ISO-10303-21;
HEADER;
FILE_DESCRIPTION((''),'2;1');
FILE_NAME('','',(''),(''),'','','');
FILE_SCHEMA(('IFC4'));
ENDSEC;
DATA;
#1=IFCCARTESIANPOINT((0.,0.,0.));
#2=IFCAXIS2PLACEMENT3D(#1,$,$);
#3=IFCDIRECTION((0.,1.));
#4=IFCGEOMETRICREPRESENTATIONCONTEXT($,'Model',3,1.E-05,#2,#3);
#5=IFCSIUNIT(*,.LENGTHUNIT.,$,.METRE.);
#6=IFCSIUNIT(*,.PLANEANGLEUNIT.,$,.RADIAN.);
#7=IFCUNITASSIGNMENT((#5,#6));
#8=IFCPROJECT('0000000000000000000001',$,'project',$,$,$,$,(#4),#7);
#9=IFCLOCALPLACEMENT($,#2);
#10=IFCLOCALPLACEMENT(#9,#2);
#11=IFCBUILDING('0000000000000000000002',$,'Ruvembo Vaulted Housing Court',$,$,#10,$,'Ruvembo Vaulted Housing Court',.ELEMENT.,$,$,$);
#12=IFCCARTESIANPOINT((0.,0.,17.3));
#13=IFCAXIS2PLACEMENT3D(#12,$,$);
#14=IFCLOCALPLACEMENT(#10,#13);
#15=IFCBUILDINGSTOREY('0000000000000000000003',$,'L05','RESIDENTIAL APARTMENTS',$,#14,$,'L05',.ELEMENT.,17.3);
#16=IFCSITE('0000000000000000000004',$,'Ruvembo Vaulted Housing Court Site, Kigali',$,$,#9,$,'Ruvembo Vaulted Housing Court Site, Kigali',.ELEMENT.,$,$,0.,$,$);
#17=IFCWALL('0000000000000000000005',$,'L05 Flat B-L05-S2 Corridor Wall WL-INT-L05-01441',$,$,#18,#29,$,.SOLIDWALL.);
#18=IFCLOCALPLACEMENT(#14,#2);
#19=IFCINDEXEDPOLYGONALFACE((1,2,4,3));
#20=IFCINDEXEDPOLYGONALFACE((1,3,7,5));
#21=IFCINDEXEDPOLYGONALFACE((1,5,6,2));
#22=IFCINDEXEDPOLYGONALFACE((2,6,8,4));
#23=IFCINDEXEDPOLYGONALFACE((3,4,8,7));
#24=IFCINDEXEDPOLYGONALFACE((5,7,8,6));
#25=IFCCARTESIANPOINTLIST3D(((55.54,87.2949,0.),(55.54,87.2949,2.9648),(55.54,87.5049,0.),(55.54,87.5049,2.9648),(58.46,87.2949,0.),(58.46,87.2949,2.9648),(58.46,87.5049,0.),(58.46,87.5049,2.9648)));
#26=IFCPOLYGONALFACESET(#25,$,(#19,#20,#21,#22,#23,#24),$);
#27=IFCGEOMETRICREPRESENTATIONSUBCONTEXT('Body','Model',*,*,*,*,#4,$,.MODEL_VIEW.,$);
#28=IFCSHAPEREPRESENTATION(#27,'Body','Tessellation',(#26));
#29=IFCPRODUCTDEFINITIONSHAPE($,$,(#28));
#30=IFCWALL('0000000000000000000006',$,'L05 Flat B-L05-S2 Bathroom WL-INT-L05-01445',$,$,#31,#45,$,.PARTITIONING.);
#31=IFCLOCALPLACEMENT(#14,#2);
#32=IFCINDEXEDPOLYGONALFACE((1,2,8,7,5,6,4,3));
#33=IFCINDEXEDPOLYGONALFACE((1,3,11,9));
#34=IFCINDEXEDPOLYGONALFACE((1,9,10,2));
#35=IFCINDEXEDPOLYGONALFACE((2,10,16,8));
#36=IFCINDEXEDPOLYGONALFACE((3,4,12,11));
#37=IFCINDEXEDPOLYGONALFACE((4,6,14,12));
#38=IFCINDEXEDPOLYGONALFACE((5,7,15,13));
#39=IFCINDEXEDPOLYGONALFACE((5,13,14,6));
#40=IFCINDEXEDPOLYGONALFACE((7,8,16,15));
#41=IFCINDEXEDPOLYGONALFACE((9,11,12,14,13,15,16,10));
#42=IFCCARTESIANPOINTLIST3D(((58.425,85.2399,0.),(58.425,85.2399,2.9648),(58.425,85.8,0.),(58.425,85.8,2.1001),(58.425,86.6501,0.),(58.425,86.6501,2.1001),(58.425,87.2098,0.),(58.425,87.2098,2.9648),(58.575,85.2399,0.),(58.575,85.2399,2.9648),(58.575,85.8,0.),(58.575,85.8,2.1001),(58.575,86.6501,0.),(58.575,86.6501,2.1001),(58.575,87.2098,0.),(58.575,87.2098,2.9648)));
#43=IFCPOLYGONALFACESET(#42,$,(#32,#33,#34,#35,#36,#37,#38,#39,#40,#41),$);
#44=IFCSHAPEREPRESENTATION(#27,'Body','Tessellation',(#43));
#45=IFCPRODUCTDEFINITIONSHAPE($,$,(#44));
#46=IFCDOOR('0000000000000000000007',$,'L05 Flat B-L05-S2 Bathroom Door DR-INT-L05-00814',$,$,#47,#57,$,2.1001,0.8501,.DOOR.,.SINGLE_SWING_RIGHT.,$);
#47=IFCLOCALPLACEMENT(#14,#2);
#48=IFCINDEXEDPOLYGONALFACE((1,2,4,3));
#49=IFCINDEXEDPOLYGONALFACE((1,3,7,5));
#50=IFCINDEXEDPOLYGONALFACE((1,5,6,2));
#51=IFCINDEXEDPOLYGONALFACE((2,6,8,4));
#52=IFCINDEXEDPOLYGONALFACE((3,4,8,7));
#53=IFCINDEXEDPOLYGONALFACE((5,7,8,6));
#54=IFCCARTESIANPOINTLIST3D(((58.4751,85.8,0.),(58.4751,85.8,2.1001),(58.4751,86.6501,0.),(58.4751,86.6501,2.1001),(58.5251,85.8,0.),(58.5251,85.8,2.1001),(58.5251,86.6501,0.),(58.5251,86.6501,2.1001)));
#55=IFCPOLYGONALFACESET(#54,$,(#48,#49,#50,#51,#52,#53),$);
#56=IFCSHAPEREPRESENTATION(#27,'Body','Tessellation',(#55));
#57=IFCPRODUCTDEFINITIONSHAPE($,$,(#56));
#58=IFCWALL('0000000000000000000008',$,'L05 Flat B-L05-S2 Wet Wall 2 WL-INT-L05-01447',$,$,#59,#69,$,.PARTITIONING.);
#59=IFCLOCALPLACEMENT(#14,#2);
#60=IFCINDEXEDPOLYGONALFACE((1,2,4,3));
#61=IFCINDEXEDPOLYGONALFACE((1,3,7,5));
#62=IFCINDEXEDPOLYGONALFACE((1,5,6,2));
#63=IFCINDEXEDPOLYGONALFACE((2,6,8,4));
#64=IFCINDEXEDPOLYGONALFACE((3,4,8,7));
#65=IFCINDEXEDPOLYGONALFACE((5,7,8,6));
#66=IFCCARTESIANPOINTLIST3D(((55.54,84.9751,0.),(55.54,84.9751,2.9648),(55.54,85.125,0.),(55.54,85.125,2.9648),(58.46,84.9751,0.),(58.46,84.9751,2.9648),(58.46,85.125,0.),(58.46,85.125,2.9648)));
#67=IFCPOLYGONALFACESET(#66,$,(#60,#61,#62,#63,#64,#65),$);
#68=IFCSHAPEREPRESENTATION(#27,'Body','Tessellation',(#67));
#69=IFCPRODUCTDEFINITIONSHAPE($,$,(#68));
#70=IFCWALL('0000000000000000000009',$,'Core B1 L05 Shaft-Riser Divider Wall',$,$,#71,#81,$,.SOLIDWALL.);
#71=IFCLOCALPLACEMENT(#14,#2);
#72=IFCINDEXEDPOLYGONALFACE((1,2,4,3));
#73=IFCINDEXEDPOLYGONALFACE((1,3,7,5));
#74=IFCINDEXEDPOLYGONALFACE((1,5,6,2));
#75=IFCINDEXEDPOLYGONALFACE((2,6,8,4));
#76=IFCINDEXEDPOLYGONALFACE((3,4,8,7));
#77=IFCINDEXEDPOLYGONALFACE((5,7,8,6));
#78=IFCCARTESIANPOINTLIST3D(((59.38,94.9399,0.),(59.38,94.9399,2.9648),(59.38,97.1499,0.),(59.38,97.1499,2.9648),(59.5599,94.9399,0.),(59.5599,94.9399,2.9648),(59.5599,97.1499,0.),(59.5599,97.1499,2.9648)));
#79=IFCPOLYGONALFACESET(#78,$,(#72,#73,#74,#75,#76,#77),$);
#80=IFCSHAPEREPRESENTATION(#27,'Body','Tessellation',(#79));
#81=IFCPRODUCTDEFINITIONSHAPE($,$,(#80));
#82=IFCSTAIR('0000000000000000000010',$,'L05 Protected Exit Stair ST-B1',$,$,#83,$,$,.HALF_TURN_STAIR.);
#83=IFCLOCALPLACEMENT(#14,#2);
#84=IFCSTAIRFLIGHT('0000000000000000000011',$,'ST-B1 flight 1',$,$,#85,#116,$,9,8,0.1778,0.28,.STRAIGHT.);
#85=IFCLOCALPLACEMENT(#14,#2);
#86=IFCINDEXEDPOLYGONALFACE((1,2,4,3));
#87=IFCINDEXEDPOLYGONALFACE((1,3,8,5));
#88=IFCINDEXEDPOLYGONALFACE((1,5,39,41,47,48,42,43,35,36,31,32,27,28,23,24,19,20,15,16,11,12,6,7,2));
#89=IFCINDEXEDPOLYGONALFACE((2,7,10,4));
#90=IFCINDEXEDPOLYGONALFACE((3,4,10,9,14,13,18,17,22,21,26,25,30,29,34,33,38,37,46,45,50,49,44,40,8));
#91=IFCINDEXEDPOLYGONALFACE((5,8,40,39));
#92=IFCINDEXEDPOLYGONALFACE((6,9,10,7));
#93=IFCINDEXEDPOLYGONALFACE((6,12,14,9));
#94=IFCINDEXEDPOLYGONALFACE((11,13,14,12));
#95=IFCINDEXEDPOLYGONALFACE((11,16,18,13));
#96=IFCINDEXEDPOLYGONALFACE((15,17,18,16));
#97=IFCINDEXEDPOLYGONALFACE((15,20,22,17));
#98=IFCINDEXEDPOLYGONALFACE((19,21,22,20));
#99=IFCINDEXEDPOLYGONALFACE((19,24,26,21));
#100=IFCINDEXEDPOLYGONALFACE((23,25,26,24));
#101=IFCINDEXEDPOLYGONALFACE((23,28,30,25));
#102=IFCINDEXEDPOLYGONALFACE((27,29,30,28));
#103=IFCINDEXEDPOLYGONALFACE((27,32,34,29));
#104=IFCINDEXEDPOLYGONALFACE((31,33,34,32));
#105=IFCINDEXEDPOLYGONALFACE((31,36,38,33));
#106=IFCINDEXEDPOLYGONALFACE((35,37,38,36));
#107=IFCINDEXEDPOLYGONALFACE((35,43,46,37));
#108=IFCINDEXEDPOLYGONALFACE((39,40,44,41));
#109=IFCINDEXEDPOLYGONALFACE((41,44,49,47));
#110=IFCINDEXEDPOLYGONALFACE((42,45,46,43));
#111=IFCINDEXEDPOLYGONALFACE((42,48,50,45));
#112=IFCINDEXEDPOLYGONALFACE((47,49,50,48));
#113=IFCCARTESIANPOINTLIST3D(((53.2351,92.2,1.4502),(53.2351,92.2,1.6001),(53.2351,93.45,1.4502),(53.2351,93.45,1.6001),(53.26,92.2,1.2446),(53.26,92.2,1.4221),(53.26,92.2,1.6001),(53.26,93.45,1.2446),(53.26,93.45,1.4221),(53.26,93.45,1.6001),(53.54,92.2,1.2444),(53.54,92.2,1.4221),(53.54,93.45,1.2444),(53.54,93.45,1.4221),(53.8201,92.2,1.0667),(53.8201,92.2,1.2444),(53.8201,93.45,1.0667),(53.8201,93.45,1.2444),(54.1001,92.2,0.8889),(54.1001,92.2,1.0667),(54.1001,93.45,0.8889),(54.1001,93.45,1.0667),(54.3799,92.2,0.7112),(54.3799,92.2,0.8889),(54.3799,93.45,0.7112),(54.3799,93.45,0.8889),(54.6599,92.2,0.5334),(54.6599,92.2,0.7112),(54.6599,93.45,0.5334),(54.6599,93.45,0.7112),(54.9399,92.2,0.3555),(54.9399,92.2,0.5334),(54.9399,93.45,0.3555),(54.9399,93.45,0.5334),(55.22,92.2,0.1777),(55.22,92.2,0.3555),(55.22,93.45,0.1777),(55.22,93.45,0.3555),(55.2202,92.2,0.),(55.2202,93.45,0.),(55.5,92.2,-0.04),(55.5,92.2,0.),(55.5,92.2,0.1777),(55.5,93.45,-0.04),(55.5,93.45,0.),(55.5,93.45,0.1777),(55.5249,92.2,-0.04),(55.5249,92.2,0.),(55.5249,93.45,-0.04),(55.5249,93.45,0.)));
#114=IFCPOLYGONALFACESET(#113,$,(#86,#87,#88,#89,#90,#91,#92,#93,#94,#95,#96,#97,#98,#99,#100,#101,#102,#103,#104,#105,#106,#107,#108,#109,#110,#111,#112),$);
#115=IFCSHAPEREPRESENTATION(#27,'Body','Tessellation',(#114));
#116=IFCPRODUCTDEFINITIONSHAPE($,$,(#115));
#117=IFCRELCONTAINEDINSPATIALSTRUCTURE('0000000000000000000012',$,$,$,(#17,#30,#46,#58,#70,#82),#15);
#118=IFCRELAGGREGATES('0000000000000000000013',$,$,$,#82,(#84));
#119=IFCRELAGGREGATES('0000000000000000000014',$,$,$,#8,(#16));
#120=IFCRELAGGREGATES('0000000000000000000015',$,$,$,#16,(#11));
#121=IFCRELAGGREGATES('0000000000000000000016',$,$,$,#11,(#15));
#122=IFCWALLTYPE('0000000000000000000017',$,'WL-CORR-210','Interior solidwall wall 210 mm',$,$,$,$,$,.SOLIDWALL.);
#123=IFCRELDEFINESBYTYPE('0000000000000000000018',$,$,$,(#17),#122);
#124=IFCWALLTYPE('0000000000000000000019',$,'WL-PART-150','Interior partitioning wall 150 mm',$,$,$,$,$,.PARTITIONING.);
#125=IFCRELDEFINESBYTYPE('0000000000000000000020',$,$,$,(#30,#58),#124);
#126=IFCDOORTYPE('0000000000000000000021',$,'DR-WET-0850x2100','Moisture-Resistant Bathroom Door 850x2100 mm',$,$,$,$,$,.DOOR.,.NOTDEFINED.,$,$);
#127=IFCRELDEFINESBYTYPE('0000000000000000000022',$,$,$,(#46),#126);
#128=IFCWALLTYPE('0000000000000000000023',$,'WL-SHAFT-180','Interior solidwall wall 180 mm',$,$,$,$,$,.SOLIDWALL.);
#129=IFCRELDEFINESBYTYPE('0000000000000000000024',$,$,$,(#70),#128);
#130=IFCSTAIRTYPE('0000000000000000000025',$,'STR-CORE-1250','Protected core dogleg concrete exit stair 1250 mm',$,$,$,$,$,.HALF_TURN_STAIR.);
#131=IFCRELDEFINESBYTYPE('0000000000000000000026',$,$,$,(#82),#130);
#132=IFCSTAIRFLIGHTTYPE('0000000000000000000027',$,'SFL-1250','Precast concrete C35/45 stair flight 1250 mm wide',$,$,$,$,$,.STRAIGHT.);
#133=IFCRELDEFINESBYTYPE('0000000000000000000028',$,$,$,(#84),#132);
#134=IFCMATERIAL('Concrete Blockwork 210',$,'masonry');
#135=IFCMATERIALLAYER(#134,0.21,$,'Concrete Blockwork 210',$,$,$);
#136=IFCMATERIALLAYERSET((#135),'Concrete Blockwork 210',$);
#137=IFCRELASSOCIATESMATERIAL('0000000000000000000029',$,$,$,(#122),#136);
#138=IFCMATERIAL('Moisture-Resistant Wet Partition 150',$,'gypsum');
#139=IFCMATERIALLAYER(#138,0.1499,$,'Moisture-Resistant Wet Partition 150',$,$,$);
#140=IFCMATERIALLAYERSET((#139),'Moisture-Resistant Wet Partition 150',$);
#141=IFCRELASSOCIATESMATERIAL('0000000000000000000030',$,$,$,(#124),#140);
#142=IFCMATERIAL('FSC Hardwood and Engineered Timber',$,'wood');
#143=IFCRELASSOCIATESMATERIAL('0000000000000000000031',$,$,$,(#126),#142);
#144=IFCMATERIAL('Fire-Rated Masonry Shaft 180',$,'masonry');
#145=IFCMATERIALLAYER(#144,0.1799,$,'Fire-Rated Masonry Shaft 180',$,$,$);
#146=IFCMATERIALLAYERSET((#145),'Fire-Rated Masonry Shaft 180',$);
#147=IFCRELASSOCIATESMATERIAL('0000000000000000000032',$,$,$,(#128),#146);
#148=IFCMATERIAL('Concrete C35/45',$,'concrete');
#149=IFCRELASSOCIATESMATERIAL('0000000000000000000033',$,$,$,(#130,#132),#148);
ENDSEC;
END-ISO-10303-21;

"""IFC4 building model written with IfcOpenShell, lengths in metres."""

from ifc_helpers import new_model, si_unit, direction, frame, frame_2d, origin, place, context, subcontext, project, spatial, polyline, rectangle, outline, extrude, material, layer, layer_set, type_object, element, fill, aggregate, save


model = new_model("IFC4")

# Units and contexts
model_context = context("Model", 3, precision=1e-05, world=origin(), true_north=direction((0.0, 1.0)))
body_context = subcontext(model_context, "Body", "Model", "MODEL_VIEW")
ifc_project = project(units=[si_unit("LENGTHUNIT", "METRE"), si_unit("PLANEANGLEUNIT", "RADIAN")], contexts=[model_context])

# Site, building, storey
site_placement = place(None, origin())
site = spatial("IfcSite", under=ifc_project, at=site_placement, Name="Ruvembo Vaulted Housing Court Site, Kigali", LongName="Ruvembo Vaulted Housing Court Site, Kigali", CompositionType="ELEMENT", RefElevation=0.0)
building_placement = place(site_placement, origin())
building = spatial("IfcBuilding", under=site, at=building_placement, Name="Ruvembo Vaulted Housing Court", LongName="Ruvembo Vaulted Housing Court", CompositionType="ELEMENT")
storey_placement = place(building_placement, frame((0.0, 0.0, 17.3)))
storey = spatial("IfcBuildingStorey", under=building, at=storey_placement, Name="L05", Description="RESIDENTIAL APARTMENTS", LongName="L05", CompositionType="ELEMENT", Elevation=17.3)

# Shared definitions
ifc_material_1 = material(Name="Concrete C35/45", Category="concrete")

# Wall
ifc_material_2 = material(Name="Concrete Blockwork 210", Category="masonry")
ifc_layer_1 = layer(ifc_material_2, 0.21, Name="Concrete Blockwork 210")
ifc_layer_set_1 = layer_set([ifc_layer_1], Name="Concrete Blockwork 210")
wall_type_1 = type_object("IfcWallType", Name="WL-CORR-210", Description="Interior solidwall wall 210 mm", PredefinedType="SOLIDWALL", material=ifc_layer_set_1)
wall_1_placement = place(storey_placement, frame((55.54, 87.3999, 0.0), z_axis=(0.0, 0.0, 1.0), x_axis=(1.0, 0.0, 0.0)))
element("IfcWall", 1, at=wall_1_placement, inside=storey, type_object=wall_type_1, Name="L05 Flat B-L05-S2 Corridor Wall WL-INT-L05-01441", PredefinedType="SOLIDWALL", context=body_context, shape_type="SweptSolid", body=[
    extrude(rectangle(XDim=2.9199, YDim=0.21, at=frame_2d((1.46, 0.0))), origin(), (0.0, 0.0, 1.0), 2.9648),
])

# Wall, opening, door
ifc_material_3 = material(Name="FSC Hardwood and Engineered Timber", Category="wood")
ifc_material_4 = material(Name="Moisture-Resistant Wet Partition 150", Category="gypsum")
ifc_layer_2 = layer(ifc_material_4, 0.1499, Name="Moisture-Resistant Wet Partition 150")
ifc_layer_set_2 = layer_set([ifc_layer_2], Name="Moisture-Resistant Wet Partition 150")
wall_type_2 = type_object("IfcWallType", Name="WL-PART-150", Description="Interior partitioning wall 150 mm", PredefinedType="PARTITIONING", material=ifc_layer_set_2)
wall_2_placement = place(storey_placement, frame((58.5, 85.24, 0.0), z_axis=(0.0, 0.0, 1.0), x_axis=(0.0, 1.0, 0.0)))
wall_2 = element("IfcWall", 2, at=wall_2_placement, inside=storey, type_object=wall_type_2, Name="L05 Flat B-L05-S2 Bathroom WL-INT-L05-01445", PredefinedType="PARTITIONING", context=body_context, shape_type="SweptSolid", body=[
    extrude(rectangle(XDim=1.97, YDim=0.1499, at=frame_2d((0.9849, 0.0))), origin(), (0.0, 0.0, 1.0), 2.9648),
])
opening_1_placement = place(wall_2_placement, frame((0.5601, 0.0, 0.0)))
opening_1 = element("IfcOpeningElement", 3, at=opening_1_placement, cuts=wall_2, PredefinedType="OPENING", context=body_context, shape_type="SweptSolid", body=[
    extrude(rectangle(XDim=0.8501, YDim=2.1001, at=frame_2d((0.425, 1.05))), frame((0.0, 0.085, 0.0), z_axis=(0.0, -1.0, 0.0), x_axis=(1.0, 0.0, 0.0)), (0.0, 0.0, 1.0), 0.1699),
])
door_type_1 = type_object("IfcDoorType", Name="DR-WET-0850x2100", Description="Moisture-Resistant Bathroom Door 850x2100 mm", OperationType="NOTDEFINED", PredefinedType="DOOR", material=ifc_material_3)
door_1_placement = place(opening_1_placement, origin())
door_1 = element("IfcDoor", 4, at=door_1_placement, inside=storey, type_object=door_type_1, Name="L05 Flat B-L05-S2 Bathroom Door DR-INT-L05-00814", OperationType="SINGLE_SWING_RIGHT", OverallHeight=2.1001, OverallWidth=0.8501, PredefinedType="DOOR", context=body_context, shape_type="SweptSolid", body=[
    extrude(rectangle(XDim=0.8501, YDim=2.1001, at=frame_2d((0.425, 1.05))), frame((0.0, 0.0249, 0.0), z_axis=(0.0, -1.0, 0.0), x_axis=(1.0, 0.0, 0.0)), (0.0, 0.0, 1.0), 0.05),
])
fill(opening_1, door_1)

# Wall
wall_3_placement = place(storey_placement, frame((55.54, 85.05, 0.0), z_axis=(0.0, 0.0, 1.0), x_axis=(1.0, 0.0, 0.0)))
element("IfcWall", 5, at=wall_3_placement, inside=storey, type_object=wall_type_2, Name="L05 Flat B-L05-S2 Wet Wall 2 WL-INT-L05-01447", PredefinedType="PARTITIONING", context=body_context, shape_type="SweptSolid", body=[
    extrude(rectangle(XDim=2.9199, YDim=0.1499, at=frame_2d((1.46, 0.0))), origin(), (0.0, 0.0, 1.0), 2.9648),
])

# Shared definitions
ifc_material_5 = material(Name="Fire-Rated Masonry Shaft 180", Category="masonry")
ifc_layer_3 = layer(ifc_material_5, 0.1799, Name="Fire-Rated Masonry Shaft 180")
ifc_layer_set_3 = layer_set([ifc_layer_3], Name="Fire-Rated Masonry Shaft 180")
wall_type_3 = type_object("IfcWallType", Name="WL-SHAFT-180", Description="Interior solidwall wall 180 mm", PredefinedType="SOLIDWALL", material=ifc_layer_set_3)

# Wall
wall_4_placement = place(storey_placement, frame((59.47, 94.9399, 0.0), z_axis=(0.0, 0.0, 1.0), x_axis=(0.0, 1.0, 0.0)))
element("IfcWall", 6, at=wall_4_placement, inside=storey, type_object=wall_type_3, Name="Core B1 L05 Shaft-Riser Divider Wall", PredefinedType="SOLIDWALL", context=body_context, shape_type="SweptSolid", body=[
    extrude(rectangle(XDim=2.21, YDim=0.1799, at=frame_2d((1.105, 0.0))), origin(), (0.0, 0.0, 1.0), 2.9648),
])

# Stair, stair flight
stair_type = type_object("IfcStairType", Name="STR-CORE-1250", Description="Protected core dogleg concrete exit stair 1250 mm", PredefinedType="HALF_TURN_STAIR", material=ifc_material_1)
stair_placement = place(storey_placement, origin())
stair = element("IfcStair", 7, at=stair_placement, inside=storey, type_object=stair_type, Name="L05 Protected Exit Stair ST-B1", PredefinedType="HALF_TURN_STAIR")
stair_flight_type = type_object("IfcStairFlightType", Name="SFL-1250", Description="Precast concrete C35/45 stair flight 1250 mm wide", PredefinedType="STRAIGHT", material=ifc_material_1)
stair_flight_placement = place(storey_placement, frame((55.5, 92.825, 0.0), z_axis=(0.0, 0.0, 1.0), x_axis=(-1.0, 0.0, 0.0)))
stair_flight = element("IfcStairFlight", 8, at=stair_flight_placement, type_object=stair_flight_type, Name="ST-B1 flight 1", NumberOfRisers=9, NumberOfTreads=8, PredefinedType="STRAIGHT", RiserHeight=0.1778, TreadLength=0.28, context=body_context, shape_type="SweptSolid", body=[
    extrude(outline(polyline([(-0.0249, -0.04), (-0.0249, 0.0), (0.0, 0.0), (0.0, 0.1777), (0.28, 0.1777), (0.28, 0.3555), (0.5601, 0.3555), (0.5601, 0.5334), (0.8401, 0.5334), (0.8401, 0.7112), (1.1201, 0.7112), (1.1201, 0.8889), (1.3999, 0.8889), (1.3999, 1.0667), (1.6799, 1.0667), (1.6799, 1.2444), (1.96, 1.2444), (1.96, 1.4221), (2.24, 1.4221), (2.24, 1.6001), (2.2649, 1.6001), (2.2649, 1.4502), (2.24, 1.2446), (0.2798, 0.0), (0.0, -0.04), (-0.0249, -0.04)])), frame((0.0, 0.625, 0.0), z_axis=(0.0, -1.0, 0.0), x_axis=(1.0, 0.0, 0.0)), (0.0, 0.0, 1.0), 1.25),
])
aggregate(stair, [stair_flight])

save(model, "model.ifc")
